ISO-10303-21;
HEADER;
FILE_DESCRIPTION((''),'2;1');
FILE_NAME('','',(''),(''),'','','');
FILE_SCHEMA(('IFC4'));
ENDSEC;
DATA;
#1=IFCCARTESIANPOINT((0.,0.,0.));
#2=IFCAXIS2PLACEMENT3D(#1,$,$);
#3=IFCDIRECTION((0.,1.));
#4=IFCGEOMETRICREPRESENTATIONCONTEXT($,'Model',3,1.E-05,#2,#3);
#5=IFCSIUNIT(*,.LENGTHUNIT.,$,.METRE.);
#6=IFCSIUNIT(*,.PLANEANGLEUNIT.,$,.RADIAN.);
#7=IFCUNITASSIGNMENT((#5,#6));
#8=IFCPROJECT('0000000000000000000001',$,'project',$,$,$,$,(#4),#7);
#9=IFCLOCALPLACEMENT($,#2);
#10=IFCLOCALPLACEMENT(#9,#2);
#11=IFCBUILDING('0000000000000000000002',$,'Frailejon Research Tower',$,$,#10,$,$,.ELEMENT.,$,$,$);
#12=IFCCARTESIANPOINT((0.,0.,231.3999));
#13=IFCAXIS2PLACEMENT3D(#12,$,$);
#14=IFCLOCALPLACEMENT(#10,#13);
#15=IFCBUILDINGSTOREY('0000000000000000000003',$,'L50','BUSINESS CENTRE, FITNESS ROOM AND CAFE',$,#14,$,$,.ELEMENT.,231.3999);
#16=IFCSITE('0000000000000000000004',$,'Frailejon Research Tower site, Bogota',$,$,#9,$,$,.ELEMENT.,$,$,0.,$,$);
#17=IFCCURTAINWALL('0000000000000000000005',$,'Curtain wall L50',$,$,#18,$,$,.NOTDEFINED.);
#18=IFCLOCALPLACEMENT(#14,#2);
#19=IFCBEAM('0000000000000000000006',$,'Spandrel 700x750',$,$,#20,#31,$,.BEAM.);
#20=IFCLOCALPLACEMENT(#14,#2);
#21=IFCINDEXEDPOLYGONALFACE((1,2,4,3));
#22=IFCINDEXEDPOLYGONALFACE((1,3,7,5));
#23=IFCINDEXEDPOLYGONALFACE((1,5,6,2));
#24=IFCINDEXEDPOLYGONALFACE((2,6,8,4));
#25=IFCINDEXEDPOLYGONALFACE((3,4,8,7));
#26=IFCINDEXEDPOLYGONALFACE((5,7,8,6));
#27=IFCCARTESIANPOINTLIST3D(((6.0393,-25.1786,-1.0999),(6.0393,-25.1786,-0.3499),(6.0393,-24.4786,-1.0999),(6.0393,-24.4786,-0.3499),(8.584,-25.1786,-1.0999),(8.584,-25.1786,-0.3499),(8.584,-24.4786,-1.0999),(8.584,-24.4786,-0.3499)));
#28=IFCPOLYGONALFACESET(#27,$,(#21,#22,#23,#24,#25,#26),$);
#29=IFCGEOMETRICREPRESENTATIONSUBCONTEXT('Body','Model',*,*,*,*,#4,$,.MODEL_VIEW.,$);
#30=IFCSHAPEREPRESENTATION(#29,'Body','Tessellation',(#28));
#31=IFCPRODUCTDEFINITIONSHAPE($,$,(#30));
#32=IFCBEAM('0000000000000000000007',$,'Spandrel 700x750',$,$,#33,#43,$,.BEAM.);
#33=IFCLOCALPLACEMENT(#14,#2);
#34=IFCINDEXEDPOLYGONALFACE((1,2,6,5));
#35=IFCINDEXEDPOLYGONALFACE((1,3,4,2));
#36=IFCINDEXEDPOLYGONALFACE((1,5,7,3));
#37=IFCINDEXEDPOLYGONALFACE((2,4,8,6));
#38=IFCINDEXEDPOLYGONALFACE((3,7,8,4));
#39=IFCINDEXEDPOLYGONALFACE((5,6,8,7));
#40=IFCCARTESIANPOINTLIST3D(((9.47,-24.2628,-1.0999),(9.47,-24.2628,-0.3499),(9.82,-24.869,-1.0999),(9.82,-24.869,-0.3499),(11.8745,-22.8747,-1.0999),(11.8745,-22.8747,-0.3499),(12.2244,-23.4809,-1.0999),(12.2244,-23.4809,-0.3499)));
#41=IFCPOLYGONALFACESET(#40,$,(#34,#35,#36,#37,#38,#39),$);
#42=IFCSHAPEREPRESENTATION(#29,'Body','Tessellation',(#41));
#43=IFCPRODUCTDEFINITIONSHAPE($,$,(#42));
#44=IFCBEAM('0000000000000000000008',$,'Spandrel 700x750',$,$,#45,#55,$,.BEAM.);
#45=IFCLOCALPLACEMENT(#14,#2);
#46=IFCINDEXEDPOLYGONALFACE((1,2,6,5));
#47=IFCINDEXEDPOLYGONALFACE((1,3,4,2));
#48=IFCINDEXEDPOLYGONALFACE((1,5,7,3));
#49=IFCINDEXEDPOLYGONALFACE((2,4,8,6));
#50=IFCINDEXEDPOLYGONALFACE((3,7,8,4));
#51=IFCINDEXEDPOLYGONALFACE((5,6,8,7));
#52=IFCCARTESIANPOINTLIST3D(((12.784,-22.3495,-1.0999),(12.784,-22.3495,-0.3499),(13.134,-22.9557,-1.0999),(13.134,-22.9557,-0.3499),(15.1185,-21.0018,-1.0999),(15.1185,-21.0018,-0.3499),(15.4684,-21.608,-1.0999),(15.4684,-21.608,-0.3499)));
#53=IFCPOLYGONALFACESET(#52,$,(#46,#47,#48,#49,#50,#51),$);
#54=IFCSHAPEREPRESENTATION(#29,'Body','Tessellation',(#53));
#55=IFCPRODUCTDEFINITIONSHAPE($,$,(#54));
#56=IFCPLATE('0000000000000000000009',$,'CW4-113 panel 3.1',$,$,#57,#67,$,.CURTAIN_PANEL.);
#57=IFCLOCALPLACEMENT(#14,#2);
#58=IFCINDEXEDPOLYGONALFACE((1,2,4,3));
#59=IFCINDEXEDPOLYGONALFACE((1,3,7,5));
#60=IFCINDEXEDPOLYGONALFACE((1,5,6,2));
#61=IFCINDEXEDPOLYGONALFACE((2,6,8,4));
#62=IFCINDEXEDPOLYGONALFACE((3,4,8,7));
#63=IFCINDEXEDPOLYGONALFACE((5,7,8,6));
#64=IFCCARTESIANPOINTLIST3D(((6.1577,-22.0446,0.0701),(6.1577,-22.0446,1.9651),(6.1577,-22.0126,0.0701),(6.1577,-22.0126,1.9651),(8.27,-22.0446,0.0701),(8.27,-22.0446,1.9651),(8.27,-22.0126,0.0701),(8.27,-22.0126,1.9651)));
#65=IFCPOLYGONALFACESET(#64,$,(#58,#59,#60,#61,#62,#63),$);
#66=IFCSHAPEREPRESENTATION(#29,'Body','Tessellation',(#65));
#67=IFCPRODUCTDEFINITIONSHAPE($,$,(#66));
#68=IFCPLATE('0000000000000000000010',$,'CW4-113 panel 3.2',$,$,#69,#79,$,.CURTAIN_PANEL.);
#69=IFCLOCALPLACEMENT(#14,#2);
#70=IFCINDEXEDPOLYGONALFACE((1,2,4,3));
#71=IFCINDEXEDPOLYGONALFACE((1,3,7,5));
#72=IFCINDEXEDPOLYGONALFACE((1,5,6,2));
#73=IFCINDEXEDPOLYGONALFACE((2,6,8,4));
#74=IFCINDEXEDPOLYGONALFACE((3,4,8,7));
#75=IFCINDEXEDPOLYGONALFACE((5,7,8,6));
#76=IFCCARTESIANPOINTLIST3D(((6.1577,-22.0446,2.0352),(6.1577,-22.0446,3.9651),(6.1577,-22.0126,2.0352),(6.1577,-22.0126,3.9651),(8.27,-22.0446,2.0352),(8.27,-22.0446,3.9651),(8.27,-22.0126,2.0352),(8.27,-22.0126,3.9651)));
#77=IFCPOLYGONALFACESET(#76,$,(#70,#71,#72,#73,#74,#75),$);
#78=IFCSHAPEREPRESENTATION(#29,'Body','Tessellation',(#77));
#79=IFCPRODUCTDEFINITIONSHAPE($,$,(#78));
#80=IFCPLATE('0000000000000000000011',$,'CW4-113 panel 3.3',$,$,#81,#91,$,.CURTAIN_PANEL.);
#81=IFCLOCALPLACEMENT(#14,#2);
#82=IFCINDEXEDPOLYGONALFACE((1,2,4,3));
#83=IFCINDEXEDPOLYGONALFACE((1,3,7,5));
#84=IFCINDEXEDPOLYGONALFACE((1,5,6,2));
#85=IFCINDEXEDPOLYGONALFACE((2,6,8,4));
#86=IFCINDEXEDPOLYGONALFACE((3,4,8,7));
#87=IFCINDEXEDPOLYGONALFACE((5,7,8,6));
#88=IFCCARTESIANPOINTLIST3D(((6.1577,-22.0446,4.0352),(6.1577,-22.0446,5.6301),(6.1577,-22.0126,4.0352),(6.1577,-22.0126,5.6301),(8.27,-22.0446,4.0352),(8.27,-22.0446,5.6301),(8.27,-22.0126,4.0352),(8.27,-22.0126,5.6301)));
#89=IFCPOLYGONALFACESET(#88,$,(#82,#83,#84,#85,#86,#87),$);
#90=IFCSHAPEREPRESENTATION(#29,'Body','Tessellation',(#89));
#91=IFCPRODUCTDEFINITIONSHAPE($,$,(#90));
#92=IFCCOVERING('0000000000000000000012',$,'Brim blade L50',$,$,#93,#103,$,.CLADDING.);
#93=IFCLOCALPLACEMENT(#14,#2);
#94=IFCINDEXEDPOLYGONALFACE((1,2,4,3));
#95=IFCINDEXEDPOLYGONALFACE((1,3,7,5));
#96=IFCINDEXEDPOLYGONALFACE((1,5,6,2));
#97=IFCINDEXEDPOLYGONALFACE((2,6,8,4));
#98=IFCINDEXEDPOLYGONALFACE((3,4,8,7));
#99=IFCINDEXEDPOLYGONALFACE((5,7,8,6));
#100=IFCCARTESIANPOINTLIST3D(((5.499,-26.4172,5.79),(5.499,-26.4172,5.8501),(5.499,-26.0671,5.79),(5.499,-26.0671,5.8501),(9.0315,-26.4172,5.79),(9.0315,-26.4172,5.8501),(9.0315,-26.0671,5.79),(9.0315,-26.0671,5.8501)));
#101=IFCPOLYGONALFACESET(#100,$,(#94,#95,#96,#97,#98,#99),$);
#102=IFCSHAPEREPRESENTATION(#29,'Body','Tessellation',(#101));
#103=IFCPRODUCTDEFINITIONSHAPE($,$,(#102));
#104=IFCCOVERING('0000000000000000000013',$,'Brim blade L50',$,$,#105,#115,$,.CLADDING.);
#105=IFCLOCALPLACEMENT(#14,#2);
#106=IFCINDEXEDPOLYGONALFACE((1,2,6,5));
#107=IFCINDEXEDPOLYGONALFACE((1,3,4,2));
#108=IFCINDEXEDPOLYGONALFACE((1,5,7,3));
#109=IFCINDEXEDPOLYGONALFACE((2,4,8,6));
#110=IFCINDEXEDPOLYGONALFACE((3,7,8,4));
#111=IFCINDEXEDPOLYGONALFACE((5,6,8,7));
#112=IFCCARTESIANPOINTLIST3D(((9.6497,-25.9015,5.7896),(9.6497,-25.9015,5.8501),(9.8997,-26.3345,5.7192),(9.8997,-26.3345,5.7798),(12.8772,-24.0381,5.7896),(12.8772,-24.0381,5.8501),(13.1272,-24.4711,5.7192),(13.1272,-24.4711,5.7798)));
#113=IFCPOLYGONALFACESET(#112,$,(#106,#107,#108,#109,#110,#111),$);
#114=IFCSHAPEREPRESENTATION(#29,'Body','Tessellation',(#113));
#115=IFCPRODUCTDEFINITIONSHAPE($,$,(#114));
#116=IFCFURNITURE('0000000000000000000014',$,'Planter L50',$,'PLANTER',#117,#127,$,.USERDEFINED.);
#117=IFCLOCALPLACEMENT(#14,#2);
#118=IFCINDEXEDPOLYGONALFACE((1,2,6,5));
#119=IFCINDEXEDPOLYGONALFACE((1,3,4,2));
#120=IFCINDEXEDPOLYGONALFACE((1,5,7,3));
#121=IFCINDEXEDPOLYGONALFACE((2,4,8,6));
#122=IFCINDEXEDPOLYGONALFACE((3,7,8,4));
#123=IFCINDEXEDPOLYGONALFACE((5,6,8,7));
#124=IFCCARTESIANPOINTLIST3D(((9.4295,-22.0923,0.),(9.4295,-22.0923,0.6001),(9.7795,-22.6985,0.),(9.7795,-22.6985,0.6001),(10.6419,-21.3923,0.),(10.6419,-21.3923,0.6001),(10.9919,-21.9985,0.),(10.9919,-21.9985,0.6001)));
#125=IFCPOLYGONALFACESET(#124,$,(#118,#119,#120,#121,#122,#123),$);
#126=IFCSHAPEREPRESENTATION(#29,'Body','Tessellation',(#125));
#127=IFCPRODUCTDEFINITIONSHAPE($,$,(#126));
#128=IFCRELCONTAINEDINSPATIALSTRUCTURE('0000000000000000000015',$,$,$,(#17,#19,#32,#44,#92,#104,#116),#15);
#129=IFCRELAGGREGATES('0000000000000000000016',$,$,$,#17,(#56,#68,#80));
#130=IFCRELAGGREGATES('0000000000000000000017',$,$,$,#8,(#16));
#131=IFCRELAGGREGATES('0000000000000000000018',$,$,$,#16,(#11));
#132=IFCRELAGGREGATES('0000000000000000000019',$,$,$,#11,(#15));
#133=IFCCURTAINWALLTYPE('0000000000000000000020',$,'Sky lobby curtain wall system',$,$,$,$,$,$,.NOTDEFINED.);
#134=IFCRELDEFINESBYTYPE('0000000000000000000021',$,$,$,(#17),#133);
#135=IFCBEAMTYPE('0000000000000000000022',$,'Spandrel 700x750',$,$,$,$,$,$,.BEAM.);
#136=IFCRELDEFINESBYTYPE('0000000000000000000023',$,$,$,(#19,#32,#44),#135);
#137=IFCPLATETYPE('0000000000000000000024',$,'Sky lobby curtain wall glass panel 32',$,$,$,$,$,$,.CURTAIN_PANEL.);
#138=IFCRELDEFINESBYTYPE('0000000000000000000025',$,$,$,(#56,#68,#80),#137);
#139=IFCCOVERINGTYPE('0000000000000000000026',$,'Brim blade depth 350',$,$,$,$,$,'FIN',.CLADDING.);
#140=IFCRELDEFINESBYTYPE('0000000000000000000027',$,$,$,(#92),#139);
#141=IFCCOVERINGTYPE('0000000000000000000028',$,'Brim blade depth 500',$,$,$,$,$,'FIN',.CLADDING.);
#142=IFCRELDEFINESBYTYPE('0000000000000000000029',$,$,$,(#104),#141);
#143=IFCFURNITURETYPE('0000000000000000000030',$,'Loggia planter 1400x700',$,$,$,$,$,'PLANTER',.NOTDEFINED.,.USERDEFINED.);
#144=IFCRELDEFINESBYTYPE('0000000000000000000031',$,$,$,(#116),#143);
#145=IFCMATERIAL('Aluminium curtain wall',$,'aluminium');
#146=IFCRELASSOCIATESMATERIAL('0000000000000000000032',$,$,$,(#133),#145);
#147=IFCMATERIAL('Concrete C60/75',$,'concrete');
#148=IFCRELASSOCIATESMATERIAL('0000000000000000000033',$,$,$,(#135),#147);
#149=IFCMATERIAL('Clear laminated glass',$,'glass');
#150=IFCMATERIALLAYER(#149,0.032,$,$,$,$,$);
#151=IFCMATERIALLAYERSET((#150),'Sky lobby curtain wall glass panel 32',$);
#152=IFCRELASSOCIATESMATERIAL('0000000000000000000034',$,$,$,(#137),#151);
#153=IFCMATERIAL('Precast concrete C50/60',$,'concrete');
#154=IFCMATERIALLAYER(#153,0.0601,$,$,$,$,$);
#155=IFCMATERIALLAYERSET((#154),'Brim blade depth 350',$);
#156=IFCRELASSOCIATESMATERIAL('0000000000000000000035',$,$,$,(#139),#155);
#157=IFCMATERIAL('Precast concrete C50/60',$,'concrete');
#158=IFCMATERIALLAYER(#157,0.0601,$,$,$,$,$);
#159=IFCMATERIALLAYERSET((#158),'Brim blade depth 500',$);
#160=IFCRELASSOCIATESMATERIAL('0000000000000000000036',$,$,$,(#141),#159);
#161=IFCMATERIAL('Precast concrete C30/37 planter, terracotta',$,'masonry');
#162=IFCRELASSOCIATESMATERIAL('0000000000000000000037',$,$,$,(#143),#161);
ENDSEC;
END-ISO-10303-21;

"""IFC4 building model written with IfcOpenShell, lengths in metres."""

from ifc_helpers import new_model, si_unit, direction, frame, origin, origin_2d, place, context, subcontext, project, spatial, polyline, rectangle, outline, extrude, material, layer, layer_set, material_profile, profile_set, type_object, element, aggregate, save


model = new_model("IFC4")

# Units and contexts
model_context = context("Model", 3, precision=1e-05, world=origin(), true_north=direction((0.0, 1.0)))
body_context = subcontext(model_context, "Body", "Model", "MODEL_VIEW")
ifc_project = project(units=[si_unit("LENGTHUNIT", "METRE"), si_unit("PLANEANGLEUNIT", "RADIAN")], contexts=[model_context])

# Site, building, storey
site_placement = place(None, origin())
site = spatial("IfcSite", under=ifc_project, at=site_placement, Name="Frailejon Research Tower site, Bogota", CompositionType="ELEMENT", RefElevation=0.0)
building_placement = place(site_placement, origin())
building = spatial("IfcBuilding", under=site, at=building_placement, Name="Frailejon Research Tower", CompositionType="ELEMENT")
storey_placement = place(building_placement, frame((0.0, 0.0, 231.3999)))
storey = spatial("IfcBuildingStorey", under=building, at=storey_placement, Name="L50", Description="BUSINESS CENTRE, FITNESS ROOM AND CAFE", CompositionType="ELEMENT", Elevation=231.3999)

# Curtain wall
ifc_material_1 = material(Name="Aluminium curtain wall", Category="aluminium")
curtain_wall_type = type_object("IfcCurtainWallType", Name="Sky lobby curtain wall system", PredefinedType="NOTDEFINED", material=ifc_material_1)
curtain_wall_1_placement = place(storey_placement, origin())
curtain_wall_1 = element("IfcCurtainWall", 1, at=curtain_wall_1_placement, inside=storey, type_object=curtain_wall_type, Name="Curtain wall L50", PredefinedType="NOTDEFINED")

# Beams
ifc_material_2 = material(Name="Concrete C60/75", Category="concrete")
ifc_material_profile_1 = material_profile(ifc_material_2, rectangle(XDim=0.7, YDim=0.75, at=origin_2d()), Name="Spandrel 700x750")
ifc_profile_set_1 = profile_set([ifc_material_profile_1], Name="Concrete C60/75")
beam_type_1 = type_object("IfcBeamType", Name="Spandrel 700x750", PredefinedType="BEAM", material=ifc_profile_set_1)
beam_1_placement = place(storey_placement, frame((6.0393, -24.8286, -0.7249), z_axis=(1.0, 0.0, 0.0), x_axis=(0.0, 1.0, 0.0)))
element("IfcBeam", 2, at=beam_1_placement, inside=storey, type_object=beam_type_1, Name="Spandrel 700x750", PredefinedType="BEAM", context=body_context, shape_type="SweptSolid", body=[
    extrude(rectangle(XDim=0.7, YDim=0.75, at=origin_2d()), origin(), (0.0, 0.0, 1.0), 2.5447),
])
beam_2_placement = place(storey_placement, frame((9.645, -24.5659, -0.7249), z_axis=(0.866038, 0.499979, 0.0), x_axis=(-0.499979, 0.866038, 0.0)))
element("IfcBeam", 3, at=beam_2_placement, inside=storey, type_object=beam_type_1, Name="Spandrel 700x750", PredefinedType="BEAM", context=body_context, shape_type="SweptSolid", body=[
    extrude(rectangle(XDim=0.7, YDim=0.75, at=origin_2d()), origin(), (0.0, 0.0, 1.0), 2.7764),
])
beam_3_placement = place(storey_placement, frame((12.959, -22.6526, -0.7249), z_axis=(0.86605, 0.499958, 0.0), x_axis=(-0.499958, 0.86605, 0.0)))
element("IfcBeam", 4, at=beam_3_placement, inside=storey, type_object=beam_type_1, Name="Spandrel 700x750", PredefinedType="BEAM", context=body_context, shape_type="SweptSolid", body=[
    extrude(rectangle(XDim=0.7, YDim=0.75, at=origin_2d()), origin(), (0.0, 0.0, 1.0), 2.6956),
])

# Plates
ifc_material_3 = material(Name="Clear laminated glass", Category="glass")
ifc_layer_1 = layer(ifc_material_3, 0.032)
ifc_layer_set_1 = layer_set([ifc_layer_1], Name="Sky lobby curtain wall glass panel 32")
plate_type = type_object("IfcPlateType", Name="Sky lobby curtain wall glass panel 32", PredefinedType="CURTAIN_PANEL", material=ifc_layer_set_1)
plate_1_placement = place(storey_placement, frame((7.2139, -22.0286, 0.0701), z_axis=(0.0, 0.0, 1.0), x_axis=(1.0, 0.0, 0.0)))
plate_1 = element("IfcPlate", 5, at=plate_1_placement, type_object=plate_type, Name="CW4-113 panel 3.1", PredefinedType="CURTAIN_PANEL", context=body_context, shape_type="SweptSolid", body=[
    extrude(rectangle(XDim=2.1123, YDim=0.032, at=origin_2d()), origin(), (0.0, 0.0, 1.0), 1.895),
])
plate_2_placement = place(storey_placement, frame((7.2139, -22.0286, 2.0352), z_axis=(0.0, 0.0, 1.0), x_axis=(1.0, 0.0, 0.0)))
plate_2 = element("IfcPlate", 6, at=plate_2_placement, type_object=plate_type, Name="CW4-113 panel 3.2", PredefinedType="CURTAIN_PANEL", context=body_context, shape_type="SweptSolid", body=[
    extrude(rectangle(XDim=2.1123, YDim=0.032, at=origin_2d()), origin(), (0.0, 0.0, 1.0), 1.9299),
])
plate_3_placement = place(storey_placement, frame((7.2139, -22.0286, 4.0352), z_axis=(0.0, 0.0, 1.0), x_axis=(1.0, 0.0, 0.0)))
plate_3 = element("IfcPlate", 7, at=plate_3_placement, type_object=plate_type, Name="CW4-113 panel 3.3", PredefinedType="CURTAIN_PANEL", context=body_context, shape_type="SweptSolid", body=[
    extrude(rectangle(XDim=2.1123, YDim=0.032, at=origin_2d()), origin(), (0.0, 0.0, 1.0), 1.595),
])
aggregate(curtain_wall_1, [plate_1, plate_2, plate_3])

# Coverings
ifc_material_4 = material(Name="Precast concrete C50/60", Category="concrete")
ifc_layer_2 = layer(ifc_material_4, 0.0601)
ifc_layer_set_2 = layer_set([ifc_layer_2], Name="Brim blade depth 350")
covering_type_1 = type_object("IfcCoveringType", Name="Brim blade depth 350", ElementType="FIN", PredefinedType="CLADDING", material=ifc_layer_set_2)
covering_1_placement = place(storey_placement, frame((9.0315, -26.0671, 5.8501), z_axis=(-1.0, 0.0, 0.0), x_axis=(0.0, -1.0, 0.0)))
element("IfcCovering", 8, at=covering_1_placement, inside=storey, type_object=covering_type_1, Name="Brim blade L50", PredefinedType="CLADDING", context=body_context, shape_type="SweptSolid", body=[
    extrude(outline(polyline([(0.0, -0.0601), (0.3501, -0.0601), (0.3501, 0.0), (0.0, 0.0), (0.0, -0.0601)])), origin(), (0.0, 0.0, 1.0), 3.5325),
])
ifc_material_5 = material(Name="Precast concrete C50/60", Category="concrete")
ifc_layer_3 = layer(ifc_material_5, 0.0601)
ifc_layer_set_3 = layer_set([ifc_layer_3], Name="Brim blade depth 500")
covering_type_2 = type_object("IfcCoveringType", Name="Brim blade depth 500", ElementType="FIN", PredefinedType="CLADDING", material=ifc_layer_set_3)
covering_2_placement = place(storey_placement, frame((12.8772, -24.0381, 5.8501), z_axis=(-0.866025, -0.500001, 0.0), x_axis=(0.500001, -0.866025, 0.0)))
element("IfcCovering", 9, at=covering_2_placement, inside=storey, type_object=covering_type_2, Name="Brim blade L50", PredefinedType="CLADDING", context=body_context, shape_type="SweptSolid", body=[
    extrude(outline(polyline([(0.0, -0.0605), (0.5, -0.1309), (0.5, -0.0703), (0.0, 0.0), (0.0, -0.0605)])), origin(), (0.0, 0.0, 1.0), 3.7268),
])

# Furniture
ifc_material_6 = material(Name="Precast concrete C30/37 planter, terracotta", Category="masonry")
furniture_type = type_object("IfcFurnitureType", Name="Loggia planter 1400x700", ElementType="PLANTER", AssemblyPlace="NOTDEFINED", PredefinedType="USERDEFINED", material=ifc_material_6)
furniture_placement = place(storey_placement, frame((10.2107, -22.0454, 0.0), z_axis=(0.0, 0.0, 1.0), x_axis=(0.866025, 0.5, 0.0)))
element("IfcFurniture", 10, at=furniture_placement, inside=storey, type_object=furniture_type, Name="Planter L50", ObjectType="PLANTER", PredefinedType="USERDEFINED", context=body_context, shape_type="SweptSolid", body=[
    extrude(rectangle(XDim=1.3999, YDim=0.7, at=origin_2d()), origin(), (0.0, 0.0, 1.0), 0.6001),
])

save(model, "model.ifc")
